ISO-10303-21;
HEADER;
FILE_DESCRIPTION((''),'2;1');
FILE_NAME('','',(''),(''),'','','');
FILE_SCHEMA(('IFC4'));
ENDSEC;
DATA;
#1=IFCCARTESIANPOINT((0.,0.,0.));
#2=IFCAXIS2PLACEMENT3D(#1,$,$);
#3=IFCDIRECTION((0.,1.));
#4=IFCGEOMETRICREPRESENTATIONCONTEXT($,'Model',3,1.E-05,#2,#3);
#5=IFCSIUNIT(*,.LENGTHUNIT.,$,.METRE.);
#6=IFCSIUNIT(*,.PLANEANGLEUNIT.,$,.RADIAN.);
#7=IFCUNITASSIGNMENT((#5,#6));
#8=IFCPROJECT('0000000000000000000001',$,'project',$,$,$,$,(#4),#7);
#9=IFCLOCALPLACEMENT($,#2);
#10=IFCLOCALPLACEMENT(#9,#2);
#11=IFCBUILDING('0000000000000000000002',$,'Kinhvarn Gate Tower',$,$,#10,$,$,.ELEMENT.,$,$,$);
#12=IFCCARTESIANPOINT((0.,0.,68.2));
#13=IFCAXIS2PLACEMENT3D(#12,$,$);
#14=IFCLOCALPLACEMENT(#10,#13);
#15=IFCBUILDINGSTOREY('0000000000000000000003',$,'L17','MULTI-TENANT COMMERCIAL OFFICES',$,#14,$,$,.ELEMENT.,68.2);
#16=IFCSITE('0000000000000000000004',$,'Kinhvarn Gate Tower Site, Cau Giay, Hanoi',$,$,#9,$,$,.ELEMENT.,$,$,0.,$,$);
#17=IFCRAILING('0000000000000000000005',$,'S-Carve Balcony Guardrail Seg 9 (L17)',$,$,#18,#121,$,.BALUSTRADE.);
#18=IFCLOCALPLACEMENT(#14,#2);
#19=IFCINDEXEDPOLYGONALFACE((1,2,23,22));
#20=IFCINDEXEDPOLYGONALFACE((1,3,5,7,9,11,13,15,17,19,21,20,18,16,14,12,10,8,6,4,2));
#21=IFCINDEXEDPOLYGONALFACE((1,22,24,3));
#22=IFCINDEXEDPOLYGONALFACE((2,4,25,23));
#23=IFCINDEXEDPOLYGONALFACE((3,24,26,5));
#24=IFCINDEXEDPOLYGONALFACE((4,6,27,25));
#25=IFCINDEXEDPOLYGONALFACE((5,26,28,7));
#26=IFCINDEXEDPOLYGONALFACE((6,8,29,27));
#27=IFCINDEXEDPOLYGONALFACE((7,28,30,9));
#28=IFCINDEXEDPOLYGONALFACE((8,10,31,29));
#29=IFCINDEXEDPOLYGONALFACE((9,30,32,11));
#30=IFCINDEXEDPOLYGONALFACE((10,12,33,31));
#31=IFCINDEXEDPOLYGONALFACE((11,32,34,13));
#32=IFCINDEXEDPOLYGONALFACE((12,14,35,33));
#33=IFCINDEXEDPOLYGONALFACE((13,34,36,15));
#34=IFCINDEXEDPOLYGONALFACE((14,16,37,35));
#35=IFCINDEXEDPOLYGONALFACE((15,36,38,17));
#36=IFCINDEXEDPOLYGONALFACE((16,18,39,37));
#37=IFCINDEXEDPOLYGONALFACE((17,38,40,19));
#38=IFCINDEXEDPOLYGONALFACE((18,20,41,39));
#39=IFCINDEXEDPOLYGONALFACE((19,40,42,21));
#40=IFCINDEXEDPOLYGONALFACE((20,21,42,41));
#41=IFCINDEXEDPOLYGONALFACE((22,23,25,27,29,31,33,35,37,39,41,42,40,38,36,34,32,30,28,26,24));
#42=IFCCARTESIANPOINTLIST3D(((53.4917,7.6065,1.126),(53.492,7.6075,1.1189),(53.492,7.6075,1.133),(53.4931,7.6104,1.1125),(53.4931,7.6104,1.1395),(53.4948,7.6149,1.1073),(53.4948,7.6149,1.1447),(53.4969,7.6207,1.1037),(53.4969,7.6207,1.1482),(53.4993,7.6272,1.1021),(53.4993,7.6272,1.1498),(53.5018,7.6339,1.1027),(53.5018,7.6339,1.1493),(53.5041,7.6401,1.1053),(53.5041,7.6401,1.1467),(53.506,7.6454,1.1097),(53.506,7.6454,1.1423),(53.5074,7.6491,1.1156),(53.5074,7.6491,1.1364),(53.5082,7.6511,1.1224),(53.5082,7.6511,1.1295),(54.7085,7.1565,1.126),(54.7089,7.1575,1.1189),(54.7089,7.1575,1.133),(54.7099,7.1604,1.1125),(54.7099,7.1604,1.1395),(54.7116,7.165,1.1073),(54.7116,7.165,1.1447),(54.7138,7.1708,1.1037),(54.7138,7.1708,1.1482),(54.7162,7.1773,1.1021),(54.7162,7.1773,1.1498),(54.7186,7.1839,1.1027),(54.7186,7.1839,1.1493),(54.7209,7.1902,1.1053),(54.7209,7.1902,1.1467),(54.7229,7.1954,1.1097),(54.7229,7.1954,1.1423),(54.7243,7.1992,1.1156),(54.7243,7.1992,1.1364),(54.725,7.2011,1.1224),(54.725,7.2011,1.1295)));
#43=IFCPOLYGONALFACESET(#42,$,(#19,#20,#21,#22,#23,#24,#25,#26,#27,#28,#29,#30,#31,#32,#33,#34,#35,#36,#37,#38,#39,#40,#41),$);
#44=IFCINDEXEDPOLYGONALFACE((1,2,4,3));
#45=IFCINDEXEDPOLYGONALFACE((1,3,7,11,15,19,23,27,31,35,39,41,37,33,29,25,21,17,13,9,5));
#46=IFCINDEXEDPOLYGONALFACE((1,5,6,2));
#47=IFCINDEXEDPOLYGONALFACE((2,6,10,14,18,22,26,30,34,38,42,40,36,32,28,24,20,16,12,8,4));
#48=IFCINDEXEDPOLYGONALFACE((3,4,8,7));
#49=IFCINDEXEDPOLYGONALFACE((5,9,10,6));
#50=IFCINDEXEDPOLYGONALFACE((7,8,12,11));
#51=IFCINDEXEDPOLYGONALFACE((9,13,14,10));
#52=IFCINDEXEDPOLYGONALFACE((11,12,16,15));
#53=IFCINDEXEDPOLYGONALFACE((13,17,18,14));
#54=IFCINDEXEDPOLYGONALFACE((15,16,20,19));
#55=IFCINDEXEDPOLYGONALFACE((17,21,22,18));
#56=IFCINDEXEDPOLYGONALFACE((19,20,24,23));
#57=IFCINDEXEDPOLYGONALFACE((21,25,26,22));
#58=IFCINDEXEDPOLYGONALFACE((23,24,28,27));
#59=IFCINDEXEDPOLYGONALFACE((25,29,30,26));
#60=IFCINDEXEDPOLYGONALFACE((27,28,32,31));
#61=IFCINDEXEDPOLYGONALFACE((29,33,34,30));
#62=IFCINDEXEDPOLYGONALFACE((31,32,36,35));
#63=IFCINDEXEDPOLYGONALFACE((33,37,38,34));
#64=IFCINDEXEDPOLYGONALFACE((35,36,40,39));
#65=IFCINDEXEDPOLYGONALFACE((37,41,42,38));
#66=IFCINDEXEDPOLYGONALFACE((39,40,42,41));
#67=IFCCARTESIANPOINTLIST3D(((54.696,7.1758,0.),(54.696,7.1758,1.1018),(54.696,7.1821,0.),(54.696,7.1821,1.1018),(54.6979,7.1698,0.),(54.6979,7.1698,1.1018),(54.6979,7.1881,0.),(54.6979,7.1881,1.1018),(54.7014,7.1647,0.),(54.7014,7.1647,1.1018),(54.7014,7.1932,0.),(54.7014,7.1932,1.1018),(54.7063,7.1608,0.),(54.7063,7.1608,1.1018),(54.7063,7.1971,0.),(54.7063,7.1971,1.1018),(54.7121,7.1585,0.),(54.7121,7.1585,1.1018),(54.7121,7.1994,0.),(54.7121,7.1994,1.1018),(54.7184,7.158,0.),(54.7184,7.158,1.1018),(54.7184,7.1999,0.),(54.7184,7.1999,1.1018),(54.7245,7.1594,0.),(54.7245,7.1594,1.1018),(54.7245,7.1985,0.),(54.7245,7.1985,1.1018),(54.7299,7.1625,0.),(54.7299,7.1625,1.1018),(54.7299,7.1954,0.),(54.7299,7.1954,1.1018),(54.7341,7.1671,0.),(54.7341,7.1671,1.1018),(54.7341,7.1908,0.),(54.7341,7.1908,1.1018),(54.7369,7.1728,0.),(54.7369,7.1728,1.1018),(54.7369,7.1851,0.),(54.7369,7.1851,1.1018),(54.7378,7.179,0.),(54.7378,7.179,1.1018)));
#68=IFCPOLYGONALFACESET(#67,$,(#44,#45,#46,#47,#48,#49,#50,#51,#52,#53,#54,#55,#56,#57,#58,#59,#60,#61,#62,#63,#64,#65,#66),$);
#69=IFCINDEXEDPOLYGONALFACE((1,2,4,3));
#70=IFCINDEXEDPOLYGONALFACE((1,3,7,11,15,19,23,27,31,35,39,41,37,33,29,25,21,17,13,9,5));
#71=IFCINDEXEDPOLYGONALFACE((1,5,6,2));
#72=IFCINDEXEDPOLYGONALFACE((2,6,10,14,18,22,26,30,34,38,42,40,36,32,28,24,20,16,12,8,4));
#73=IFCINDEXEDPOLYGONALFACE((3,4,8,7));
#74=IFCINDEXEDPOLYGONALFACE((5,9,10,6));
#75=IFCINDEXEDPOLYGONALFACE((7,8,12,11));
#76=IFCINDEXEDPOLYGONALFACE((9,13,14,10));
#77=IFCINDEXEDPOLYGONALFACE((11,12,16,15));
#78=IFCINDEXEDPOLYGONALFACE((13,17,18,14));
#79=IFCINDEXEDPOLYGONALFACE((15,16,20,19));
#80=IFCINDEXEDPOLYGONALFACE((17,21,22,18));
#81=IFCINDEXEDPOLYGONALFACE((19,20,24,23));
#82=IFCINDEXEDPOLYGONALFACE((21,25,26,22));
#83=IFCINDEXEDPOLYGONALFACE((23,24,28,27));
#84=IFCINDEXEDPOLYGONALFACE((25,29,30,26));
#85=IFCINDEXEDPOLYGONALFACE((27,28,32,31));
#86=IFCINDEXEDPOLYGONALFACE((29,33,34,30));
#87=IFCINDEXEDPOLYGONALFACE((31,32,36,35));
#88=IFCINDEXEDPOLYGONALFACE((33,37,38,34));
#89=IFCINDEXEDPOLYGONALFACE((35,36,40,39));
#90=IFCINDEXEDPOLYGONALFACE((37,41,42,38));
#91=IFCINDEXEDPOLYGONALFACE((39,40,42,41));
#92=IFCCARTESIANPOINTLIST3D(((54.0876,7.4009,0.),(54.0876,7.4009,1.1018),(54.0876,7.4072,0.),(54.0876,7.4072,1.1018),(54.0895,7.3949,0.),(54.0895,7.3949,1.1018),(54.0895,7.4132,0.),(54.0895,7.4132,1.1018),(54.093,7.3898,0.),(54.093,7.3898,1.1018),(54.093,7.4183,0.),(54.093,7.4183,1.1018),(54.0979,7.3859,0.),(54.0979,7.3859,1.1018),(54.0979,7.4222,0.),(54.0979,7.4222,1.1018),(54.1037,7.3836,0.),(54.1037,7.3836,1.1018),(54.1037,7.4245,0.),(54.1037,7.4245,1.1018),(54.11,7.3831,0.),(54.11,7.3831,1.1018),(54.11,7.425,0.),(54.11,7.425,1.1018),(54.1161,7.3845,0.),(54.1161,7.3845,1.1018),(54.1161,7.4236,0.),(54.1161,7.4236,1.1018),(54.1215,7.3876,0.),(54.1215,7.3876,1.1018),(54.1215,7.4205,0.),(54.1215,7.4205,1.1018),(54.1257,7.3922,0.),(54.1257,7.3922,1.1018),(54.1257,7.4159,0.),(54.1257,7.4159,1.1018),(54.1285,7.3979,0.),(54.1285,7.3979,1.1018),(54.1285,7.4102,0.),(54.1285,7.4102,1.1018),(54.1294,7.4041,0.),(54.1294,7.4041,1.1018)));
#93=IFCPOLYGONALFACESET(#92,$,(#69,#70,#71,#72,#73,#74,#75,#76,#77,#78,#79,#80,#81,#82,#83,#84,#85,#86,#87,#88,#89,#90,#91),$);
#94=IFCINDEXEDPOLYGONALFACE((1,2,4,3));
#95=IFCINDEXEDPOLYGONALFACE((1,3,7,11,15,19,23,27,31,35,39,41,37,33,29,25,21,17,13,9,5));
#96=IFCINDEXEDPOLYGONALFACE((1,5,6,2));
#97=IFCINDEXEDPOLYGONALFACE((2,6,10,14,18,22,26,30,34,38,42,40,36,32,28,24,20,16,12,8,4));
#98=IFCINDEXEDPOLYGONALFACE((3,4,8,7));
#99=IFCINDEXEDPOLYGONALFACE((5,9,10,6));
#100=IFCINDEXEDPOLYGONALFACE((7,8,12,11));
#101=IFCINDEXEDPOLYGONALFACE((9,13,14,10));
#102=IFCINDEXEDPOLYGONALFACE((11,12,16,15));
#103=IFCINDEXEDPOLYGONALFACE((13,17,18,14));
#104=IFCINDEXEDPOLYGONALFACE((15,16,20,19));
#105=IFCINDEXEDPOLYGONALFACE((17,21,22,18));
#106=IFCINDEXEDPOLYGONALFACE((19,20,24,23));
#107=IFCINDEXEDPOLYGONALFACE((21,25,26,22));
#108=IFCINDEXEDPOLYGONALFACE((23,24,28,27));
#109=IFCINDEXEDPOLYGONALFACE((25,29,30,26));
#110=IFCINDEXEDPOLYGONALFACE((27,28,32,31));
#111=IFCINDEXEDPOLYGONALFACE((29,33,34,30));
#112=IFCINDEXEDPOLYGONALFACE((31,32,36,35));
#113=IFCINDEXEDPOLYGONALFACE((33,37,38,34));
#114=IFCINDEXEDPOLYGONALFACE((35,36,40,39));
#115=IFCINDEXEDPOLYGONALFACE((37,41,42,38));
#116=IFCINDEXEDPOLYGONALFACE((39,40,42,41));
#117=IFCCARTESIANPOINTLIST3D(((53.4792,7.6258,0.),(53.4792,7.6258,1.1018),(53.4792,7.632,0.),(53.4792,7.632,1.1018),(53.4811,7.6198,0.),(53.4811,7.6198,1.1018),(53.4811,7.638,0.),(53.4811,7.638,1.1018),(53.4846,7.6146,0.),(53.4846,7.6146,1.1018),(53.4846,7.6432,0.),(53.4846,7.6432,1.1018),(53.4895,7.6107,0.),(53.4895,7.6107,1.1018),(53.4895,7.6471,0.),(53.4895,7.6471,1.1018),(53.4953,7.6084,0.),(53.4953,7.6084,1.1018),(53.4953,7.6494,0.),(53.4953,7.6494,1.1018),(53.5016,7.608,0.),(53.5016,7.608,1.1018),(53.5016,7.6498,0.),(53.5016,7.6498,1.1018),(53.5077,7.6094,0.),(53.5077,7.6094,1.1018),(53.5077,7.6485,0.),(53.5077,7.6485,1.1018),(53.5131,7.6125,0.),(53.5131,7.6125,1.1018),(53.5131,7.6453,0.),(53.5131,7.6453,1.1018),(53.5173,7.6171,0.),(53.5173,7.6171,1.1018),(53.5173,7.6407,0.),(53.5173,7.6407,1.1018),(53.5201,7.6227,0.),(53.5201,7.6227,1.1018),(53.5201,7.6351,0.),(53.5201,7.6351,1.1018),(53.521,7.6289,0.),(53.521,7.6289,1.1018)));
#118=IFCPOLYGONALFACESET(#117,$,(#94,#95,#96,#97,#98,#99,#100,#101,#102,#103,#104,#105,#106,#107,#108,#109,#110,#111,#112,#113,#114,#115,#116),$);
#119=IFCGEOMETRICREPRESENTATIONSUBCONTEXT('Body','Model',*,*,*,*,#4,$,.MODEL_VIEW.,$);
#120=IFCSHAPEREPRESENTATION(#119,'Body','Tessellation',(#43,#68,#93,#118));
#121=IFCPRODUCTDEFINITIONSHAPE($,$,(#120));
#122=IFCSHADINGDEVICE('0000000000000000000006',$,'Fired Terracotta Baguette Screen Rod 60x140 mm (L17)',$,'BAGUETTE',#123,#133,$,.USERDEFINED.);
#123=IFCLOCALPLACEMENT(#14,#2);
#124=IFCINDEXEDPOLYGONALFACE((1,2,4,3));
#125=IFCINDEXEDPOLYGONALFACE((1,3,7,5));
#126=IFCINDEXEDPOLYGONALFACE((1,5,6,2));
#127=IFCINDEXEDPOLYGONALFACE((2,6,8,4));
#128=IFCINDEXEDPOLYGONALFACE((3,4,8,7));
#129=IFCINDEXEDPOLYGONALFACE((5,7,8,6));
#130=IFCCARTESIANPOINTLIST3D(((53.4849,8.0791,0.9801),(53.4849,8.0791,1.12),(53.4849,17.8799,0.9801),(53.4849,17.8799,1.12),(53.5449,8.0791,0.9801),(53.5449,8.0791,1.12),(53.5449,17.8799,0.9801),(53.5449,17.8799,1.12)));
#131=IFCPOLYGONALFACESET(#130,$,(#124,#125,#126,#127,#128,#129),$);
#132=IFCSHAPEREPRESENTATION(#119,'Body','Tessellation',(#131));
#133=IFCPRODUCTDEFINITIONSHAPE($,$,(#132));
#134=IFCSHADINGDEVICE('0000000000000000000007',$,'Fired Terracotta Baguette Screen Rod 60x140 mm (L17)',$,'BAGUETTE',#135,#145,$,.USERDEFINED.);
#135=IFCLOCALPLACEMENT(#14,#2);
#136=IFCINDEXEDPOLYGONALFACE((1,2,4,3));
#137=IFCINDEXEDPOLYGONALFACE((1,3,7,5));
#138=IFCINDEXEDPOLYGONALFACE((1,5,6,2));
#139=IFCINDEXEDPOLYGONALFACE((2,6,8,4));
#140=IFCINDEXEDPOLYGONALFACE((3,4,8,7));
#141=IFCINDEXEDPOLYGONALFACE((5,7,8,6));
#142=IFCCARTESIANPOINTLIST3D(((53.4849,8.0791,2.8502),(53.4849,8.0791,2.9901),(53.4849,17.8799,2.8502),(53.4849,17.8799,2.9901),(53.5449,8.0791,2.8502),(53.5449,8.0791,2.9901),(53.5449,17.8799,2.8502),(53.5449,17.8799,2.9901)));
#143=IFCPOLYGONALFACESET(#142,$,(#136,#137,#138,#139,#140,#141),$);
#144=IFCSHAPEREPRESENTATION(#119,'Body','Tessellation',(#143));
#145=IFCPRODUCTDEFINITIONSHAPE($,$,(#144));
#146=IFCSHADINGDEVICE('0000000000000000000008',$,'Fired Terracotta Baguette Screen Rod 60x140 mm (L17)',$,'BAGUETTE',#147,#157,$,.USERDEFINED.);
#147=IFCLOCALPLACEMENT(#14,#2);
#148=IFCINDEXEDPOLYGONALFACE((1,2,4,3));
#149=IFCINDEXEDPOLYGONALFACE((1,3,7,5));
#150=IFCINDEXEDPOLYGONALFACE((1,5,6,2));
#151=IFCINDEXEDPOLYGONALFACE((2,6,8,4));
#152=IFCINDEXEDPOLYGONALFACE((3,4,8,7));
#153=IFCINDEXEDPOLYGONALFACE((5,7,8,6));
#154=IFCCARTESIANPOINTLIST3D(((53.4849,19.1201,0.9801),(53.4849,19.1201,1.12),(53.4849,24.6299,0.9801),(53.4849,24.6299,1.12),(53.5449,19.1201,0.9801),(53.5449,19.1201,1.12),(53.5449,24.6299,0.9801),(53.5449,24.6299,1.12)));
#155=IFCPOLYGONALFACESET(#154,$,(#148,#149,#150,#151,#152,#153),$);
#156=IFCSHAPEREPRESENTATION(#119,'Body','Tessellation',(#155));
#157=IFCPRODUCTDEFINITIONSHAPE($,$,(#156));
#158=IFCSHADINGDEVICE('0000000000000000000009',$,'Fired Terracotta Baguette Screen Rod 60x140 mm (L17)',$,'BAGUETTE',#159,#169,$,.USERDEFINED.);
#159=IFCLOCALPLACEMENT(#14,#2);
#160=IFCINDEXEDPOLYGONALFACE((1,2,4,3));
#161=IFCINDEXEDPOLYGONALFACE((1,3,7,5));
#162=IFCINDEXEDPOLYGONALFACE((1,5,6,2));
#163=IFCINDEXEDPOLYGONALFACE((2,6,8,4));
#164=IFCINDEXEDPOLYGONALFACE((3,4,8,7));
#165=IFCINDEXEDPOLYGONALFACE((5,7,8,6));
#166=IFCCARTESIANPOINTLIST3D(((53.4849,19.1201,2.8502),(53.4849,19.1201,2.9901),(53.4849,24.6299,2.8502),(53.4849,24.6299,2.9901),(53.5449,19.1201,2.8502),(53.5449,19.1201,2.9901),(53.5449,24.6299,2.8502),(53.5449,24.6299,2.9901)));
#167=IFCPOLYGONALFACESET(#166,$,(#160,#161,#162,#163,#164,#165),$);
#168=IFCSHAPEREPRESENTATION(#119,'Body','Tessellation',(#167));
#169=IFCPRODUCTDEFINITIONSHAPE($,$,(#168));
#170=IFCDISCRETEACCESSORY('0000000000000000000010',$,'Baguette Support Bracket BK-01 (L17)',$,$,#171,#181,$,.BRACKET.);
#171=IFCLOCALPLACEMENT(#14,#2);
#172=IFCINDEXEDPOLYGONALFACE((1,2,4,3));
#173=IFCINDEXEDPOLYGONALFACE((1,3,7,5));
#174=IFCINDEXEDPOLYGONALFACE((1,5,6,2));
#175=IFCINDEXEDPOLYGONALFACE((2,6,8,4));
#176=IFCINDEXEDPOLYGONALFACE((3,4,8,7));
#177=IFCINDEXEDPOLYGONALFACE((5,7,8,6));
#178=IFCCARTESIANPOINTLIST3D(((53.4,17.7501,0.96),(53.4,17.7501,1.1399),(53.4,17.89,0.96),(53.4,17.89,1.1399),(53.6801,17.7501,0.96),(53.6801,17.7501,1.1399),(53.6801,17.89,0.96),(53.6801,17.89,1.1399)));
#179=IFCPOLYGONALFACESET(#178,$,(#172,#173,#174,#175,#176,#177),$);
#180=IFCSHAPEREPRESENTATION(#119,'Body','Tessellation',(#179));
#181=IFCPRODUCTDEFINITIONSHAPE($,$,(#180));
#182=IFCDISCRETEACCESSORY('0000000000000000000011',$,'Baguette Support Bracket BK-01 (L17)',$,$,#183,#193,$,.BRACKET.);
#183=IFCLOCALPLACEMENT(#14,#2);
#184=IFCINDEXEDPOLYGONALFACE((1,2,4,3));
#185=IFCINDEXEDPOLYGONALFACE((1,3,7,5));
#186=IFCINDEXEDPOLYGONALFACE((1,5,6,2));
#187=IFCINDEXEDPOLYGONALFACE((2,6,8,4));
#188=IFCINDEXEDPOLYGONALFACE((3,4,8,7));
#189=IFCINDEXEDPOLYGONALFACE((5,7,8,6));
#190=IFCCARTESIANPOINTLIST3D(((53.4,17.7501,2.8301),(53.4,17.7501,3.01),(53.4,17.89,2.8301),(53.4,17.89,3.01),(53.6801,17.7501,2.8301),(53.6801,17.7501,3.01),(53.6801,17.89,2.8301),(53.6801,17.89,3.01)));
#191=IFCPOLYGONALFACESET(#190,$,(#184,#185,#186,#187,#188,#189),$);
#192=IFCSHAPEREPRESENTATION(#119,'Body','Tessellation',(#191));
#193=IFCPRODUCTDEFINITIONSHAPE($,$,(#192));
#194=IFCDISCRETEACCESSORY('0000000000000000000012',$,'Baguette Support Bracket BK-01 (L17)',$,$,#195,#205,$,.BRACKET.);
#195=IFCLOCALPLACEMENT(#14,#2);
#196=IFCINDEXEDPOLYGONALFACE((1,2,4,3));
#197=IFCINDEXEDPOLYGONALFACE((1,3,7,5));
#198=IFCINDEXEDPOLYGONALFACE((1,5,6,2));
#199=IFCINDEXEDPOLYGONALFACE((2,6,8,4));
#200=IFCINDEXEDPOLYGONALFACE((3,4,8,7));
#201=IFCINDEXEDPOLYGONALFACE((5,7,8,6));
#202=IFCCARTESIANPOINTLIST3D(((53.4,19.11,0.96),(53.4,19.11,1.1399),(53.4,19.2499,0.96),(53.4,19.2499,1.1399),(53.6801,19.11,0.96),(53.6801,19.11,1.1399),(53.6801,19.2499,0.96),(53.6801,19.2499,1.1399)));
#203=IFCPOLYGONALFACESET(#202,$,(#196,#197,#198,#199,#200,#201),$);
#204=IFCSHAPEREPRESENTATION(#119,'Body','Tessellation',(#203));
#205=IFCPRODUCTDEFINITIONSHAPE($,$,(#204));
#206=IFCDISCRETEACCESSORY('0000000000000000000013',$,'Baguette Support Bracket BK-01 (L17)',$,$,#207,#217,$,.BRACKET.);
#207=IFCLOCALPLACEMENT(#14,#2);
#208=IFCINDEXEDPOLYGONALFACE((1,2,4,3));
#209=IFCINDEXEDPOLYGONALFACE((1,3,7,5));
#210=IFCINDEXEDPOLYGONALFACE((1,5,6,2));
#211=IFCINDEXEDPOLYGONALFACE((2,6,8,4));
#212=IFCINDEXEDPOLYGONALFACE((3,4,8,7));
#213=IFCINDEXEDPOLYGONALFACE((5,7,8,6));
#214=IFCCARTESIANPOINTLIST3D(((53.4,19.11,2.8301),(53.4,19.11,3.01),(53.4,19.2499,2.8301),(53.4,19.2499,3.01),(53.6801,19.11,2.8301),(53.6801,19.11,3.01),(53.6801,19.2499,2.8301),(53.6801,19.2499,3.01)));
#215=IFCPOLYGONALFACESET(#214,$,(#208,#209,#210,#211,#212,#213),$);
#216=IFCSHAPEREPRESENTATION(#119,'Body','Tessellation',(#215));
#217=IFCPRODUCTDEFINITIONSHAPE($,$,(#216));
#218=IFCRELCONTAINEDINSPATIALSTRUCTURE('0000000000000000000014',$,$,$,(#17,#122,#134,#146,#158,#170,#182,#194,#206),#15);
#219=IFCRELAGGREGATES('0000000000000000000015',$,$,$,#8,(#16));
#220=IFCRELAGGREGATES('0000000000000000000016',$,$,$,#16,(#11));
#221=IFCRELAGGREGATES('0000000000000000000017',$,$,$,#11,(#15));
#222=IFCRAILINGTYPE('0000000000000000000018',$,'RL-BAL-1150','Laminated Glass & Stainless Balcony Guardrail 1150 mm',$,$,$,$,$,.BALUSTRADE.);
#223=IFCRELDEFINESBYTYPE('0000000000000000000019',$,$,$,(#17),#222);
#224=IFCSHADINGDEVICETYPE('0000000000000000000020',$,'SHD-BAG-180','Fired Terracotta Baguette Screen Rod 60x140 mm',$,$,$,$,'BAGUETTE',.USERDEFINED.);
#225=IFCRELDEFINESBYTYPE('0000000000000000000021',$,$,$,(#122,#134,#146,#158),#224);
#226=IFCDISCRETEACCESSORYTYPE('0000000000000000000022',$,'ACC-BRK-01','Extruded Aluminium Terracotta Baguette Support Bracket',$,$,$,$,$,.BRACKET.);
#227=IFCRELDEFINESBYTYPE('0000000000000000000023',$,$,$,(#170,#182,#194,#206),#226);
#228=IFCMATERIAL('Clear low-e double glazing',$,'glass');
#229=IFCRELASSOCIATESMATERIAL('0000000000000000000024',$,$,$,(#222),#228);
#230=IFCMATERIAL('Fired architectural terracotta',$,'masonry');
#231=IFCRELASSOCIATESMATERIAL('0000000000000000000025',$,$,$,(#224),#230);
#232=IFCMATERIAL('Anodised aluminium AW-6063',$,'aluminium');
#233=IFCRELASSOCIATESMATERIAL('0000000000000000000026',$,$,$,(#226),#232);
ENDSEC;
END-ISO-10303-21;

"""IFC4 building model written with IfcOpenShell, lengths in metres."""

from ifc_helpers import new_model, si_unit, direction, frame, origin, origin_2d, place, context, subcontext, project, spatial, rectangle, circle, extrude, material, material_profile, profile_set, type_object, element, save


model = new_model("IFC4")

# Units and contexts
model_context = context("Model", 3, precision=1e-05, world=origin(), true_north=direction((0.0, 1.0)))
body_context = subcontext(model_context, "Body", "Model", "MODEL_VIEW")
ifc_project = project(units=[si_unit("LENGTHUNIT", "METRE"), si_unit("PLANEANGLEUNIT", "RADIAN")], contexts=[model_context])

# Site, building, storey
site_placement = place(None, origin())
site = spatial("IfcSite", under=ifc_project, at=site_placement, Name="Kinhvarn Gate Tower Site, Cau Giay, Hanoi", CompositionType="ELEMENT", RefElevation=0.0)
building_placement = place(site_placement, origin())
building = spatial("IfcBuilding", under=site, at=building_placement, Name="Kinhvarn Gate Tower", CompositionType="ELEMENT")
storey_placement = place(building_placement, frame((0.0, 0.0, 68.2)))
storey = spatial("IfcBuildingStorey", under=building, at=storey_placement, Name="L17", Description="MULTI-TENANT COMMERCIAL OFFICES", CompositionType="ELEMENT", Elevation=68.2)

# Shared definitions
ifc_material_1 = material(Name="Anodised aluminium AW-6063", Category="aluminium")

# Shared definitions
ifc_material_2 = material(Name="Clear low-e double glazing", Category="glass")

# Railing
railing_type = type_object("IfcRailingType", Name="RL-BAL-1150", Description="Laminated Glass & Stainless Balcony Guardrail 1150 mm", PredefinedType="BALUSTRADE", material=ifc_material_2)
railing_placement = place(storey_placement, frame((54.7168, 7.179, 0.0)))
element("IfcRailing", 1, at=railing_placement, inside=storey, type_object=railing_type, Name="S-Carve Balcony Guardrail Seg 9 (L17)", PredefinedType="BALUSTRADE", context=body_context, shape_type="SweptSolid", body=[
    extrude(circle(Radius=0.0239, at=origin_2d()), frame((0.0, 0.0, 1.126), z_axis=(-0.937928, 0.34683, 0.0), x_axis=(-0.34683, -0.937928, 0.0)), (0.0, 0.0, 1.0), 1.2974),
    extrude(circle(Radius=0.021, at=origin_2d()), origin(), (0.0, 0.0, 1.0), 1.1018),
    extrude(circle(Radius=0.021, at=origin_2d()), frame((-0.6084, 0.2251, 0.0)), (0.0, 0.0, 1.0), 1.1018),
    extrude(circle(Radius=0.021, at=origin_2d()), frame((-1.2168, 0.45, 0.0)), (0.0, 0.0, 1.0), 1.1018),
])

# Shading devices
ifc_material_3 = material(Name="Fired architectural terracotta", Category="masonry")
ifc_material_profile_1 = material_profile(ifc_material_3, rectangle(XDim=0.0601, YDim=0.1399, at=origin_2d()), Name="TC 60x140")
ifc_profile_set_1 = profile_set([ifc_material_profile_1], Name="Fired architectural terracotta")
shading_device_type = type_object("IfcShadingDeviceType", Name="SHD-BAG-180", Description="Fired Terracotta Baguette Screen Rod 60x140 mm", ElementType="BAGUETTE", PredefinedType="USERDEFINED", material=ifc_profile_set_1)
for number, where, z_axis, x_axis, name in (
    (2, (53.5149, 8.0791, 1.05), (0.0, 1.0, 0.0), (-1.0, 0.0, 0.0), "Fired Terracotta Baguette Screen Rod 60x140 mm (L17)"),
    (3, (53.5149, 8.0791, 2.9202), (0.0, 1.0, 0.0), (-1.0, 0.0, 0.0), "Fired Terracotta Baguette Screen Rod 60x140 mm (L17)"),
):
    element("IfcShadingDevice", number, at=place(storey_placement, frame(where, z_axis=z_axis, x_axis=x_axis)), inside=storey, type_object=shading_device_type, Name=name, ObjectType="BAGUETTE", PredefinedType="USERDEFINED", context=body_context, shape_type="SweptSolid", body=[
        extrude(rectangle(XDim=0.0601, YDim=0.1399, at=origin_2d()), origin(), (0.0, 0.0, 1.0), 9.8008),
    ])
for number, where, z_axis, x_axis, name in (
    (4, (53.5149, 19.1201, 1.05), (0.0, 1.0, 0.0), (-1.0, 0.0, 0.0), "Fired Terracotta Baguette Screen Rod 60x140 mm (L17)"),
    (5, (53.5149, 19.1201, 2.9202), (0.0, 1.0, 0.0), (-1.0, 0.0, 0.0), "Fired Terracotta Baguette Screen Rod 60x140 mm (L17)"),
):
    element("IfcShadingDevice", number, at=place(storey_placement, frame(where, z_axis=z_axis, x_axis=x_axis)), inside=storey, type_object=shading_device_type, Name=name, ObjectType="BAGUETTE", PredefinedType="USERDEFINED", context=body_context, shape_type="SweptSolid", body=[
        extrude(rectangle(XDim=0.0601, YDim=0.1399, at=origin_2d()), origin(), (0.0, 0.0, 1.0), 5.5098),
    ])

# Discrete accessories
discrete_accessory_type = type_object("IfcDiscreteAccessoryType", Name="ACC-BRK-01", Description="Extruded Aluminium Terracotta Baguette Support Bracket", PredefinedType="BRACKET", material=ifc_material_1)
for number, where, z_axis, x_axis, name in (
    (6, (53.54, 17.8201, 0.96), (0.0, 0.0, 1.0), (0.0, 1.0, 0.0), "Baguette Support Bracket BK-01 (L17)"),
    (7, (53.54, 17.8201, 2.8301), (0.0, 0.0, 1.0), (0.0, 1.0, 0.0), "Baguette Support Bracket BK-01 (L17)"),
    (8, (53.54, 19.1799, 0.96), (0.0, 0.0, 1.0), (0.0, 1.0, 0.0), "Baguette Support Bracket BK-01 (L17)"),
    (9, (53.54, 19.1799, 2.8301), (0.0, 0.0, 1.0), (0.0, 1.0, 0.0), "Baguette Support Bracket BK-01 (L17)"),
):
    element("IfcDiscreteAccessory", number, at=place(storey_placement, frame(where, z_axis=z_axis, x_axis=x_axis)), inside=storey, type_object=discrete_accessory_type, Name=name, PredefinedType="BRACKET", context=body_context, shape_type="SweptSolid", body=[
        extrude(rectangle(XDim=0.1399, YDim=0.28, at=origin_2d()), origin(), (0.0, 0.0, 1.0), 0.1799),
    ])

save(model, "model.ifc")
